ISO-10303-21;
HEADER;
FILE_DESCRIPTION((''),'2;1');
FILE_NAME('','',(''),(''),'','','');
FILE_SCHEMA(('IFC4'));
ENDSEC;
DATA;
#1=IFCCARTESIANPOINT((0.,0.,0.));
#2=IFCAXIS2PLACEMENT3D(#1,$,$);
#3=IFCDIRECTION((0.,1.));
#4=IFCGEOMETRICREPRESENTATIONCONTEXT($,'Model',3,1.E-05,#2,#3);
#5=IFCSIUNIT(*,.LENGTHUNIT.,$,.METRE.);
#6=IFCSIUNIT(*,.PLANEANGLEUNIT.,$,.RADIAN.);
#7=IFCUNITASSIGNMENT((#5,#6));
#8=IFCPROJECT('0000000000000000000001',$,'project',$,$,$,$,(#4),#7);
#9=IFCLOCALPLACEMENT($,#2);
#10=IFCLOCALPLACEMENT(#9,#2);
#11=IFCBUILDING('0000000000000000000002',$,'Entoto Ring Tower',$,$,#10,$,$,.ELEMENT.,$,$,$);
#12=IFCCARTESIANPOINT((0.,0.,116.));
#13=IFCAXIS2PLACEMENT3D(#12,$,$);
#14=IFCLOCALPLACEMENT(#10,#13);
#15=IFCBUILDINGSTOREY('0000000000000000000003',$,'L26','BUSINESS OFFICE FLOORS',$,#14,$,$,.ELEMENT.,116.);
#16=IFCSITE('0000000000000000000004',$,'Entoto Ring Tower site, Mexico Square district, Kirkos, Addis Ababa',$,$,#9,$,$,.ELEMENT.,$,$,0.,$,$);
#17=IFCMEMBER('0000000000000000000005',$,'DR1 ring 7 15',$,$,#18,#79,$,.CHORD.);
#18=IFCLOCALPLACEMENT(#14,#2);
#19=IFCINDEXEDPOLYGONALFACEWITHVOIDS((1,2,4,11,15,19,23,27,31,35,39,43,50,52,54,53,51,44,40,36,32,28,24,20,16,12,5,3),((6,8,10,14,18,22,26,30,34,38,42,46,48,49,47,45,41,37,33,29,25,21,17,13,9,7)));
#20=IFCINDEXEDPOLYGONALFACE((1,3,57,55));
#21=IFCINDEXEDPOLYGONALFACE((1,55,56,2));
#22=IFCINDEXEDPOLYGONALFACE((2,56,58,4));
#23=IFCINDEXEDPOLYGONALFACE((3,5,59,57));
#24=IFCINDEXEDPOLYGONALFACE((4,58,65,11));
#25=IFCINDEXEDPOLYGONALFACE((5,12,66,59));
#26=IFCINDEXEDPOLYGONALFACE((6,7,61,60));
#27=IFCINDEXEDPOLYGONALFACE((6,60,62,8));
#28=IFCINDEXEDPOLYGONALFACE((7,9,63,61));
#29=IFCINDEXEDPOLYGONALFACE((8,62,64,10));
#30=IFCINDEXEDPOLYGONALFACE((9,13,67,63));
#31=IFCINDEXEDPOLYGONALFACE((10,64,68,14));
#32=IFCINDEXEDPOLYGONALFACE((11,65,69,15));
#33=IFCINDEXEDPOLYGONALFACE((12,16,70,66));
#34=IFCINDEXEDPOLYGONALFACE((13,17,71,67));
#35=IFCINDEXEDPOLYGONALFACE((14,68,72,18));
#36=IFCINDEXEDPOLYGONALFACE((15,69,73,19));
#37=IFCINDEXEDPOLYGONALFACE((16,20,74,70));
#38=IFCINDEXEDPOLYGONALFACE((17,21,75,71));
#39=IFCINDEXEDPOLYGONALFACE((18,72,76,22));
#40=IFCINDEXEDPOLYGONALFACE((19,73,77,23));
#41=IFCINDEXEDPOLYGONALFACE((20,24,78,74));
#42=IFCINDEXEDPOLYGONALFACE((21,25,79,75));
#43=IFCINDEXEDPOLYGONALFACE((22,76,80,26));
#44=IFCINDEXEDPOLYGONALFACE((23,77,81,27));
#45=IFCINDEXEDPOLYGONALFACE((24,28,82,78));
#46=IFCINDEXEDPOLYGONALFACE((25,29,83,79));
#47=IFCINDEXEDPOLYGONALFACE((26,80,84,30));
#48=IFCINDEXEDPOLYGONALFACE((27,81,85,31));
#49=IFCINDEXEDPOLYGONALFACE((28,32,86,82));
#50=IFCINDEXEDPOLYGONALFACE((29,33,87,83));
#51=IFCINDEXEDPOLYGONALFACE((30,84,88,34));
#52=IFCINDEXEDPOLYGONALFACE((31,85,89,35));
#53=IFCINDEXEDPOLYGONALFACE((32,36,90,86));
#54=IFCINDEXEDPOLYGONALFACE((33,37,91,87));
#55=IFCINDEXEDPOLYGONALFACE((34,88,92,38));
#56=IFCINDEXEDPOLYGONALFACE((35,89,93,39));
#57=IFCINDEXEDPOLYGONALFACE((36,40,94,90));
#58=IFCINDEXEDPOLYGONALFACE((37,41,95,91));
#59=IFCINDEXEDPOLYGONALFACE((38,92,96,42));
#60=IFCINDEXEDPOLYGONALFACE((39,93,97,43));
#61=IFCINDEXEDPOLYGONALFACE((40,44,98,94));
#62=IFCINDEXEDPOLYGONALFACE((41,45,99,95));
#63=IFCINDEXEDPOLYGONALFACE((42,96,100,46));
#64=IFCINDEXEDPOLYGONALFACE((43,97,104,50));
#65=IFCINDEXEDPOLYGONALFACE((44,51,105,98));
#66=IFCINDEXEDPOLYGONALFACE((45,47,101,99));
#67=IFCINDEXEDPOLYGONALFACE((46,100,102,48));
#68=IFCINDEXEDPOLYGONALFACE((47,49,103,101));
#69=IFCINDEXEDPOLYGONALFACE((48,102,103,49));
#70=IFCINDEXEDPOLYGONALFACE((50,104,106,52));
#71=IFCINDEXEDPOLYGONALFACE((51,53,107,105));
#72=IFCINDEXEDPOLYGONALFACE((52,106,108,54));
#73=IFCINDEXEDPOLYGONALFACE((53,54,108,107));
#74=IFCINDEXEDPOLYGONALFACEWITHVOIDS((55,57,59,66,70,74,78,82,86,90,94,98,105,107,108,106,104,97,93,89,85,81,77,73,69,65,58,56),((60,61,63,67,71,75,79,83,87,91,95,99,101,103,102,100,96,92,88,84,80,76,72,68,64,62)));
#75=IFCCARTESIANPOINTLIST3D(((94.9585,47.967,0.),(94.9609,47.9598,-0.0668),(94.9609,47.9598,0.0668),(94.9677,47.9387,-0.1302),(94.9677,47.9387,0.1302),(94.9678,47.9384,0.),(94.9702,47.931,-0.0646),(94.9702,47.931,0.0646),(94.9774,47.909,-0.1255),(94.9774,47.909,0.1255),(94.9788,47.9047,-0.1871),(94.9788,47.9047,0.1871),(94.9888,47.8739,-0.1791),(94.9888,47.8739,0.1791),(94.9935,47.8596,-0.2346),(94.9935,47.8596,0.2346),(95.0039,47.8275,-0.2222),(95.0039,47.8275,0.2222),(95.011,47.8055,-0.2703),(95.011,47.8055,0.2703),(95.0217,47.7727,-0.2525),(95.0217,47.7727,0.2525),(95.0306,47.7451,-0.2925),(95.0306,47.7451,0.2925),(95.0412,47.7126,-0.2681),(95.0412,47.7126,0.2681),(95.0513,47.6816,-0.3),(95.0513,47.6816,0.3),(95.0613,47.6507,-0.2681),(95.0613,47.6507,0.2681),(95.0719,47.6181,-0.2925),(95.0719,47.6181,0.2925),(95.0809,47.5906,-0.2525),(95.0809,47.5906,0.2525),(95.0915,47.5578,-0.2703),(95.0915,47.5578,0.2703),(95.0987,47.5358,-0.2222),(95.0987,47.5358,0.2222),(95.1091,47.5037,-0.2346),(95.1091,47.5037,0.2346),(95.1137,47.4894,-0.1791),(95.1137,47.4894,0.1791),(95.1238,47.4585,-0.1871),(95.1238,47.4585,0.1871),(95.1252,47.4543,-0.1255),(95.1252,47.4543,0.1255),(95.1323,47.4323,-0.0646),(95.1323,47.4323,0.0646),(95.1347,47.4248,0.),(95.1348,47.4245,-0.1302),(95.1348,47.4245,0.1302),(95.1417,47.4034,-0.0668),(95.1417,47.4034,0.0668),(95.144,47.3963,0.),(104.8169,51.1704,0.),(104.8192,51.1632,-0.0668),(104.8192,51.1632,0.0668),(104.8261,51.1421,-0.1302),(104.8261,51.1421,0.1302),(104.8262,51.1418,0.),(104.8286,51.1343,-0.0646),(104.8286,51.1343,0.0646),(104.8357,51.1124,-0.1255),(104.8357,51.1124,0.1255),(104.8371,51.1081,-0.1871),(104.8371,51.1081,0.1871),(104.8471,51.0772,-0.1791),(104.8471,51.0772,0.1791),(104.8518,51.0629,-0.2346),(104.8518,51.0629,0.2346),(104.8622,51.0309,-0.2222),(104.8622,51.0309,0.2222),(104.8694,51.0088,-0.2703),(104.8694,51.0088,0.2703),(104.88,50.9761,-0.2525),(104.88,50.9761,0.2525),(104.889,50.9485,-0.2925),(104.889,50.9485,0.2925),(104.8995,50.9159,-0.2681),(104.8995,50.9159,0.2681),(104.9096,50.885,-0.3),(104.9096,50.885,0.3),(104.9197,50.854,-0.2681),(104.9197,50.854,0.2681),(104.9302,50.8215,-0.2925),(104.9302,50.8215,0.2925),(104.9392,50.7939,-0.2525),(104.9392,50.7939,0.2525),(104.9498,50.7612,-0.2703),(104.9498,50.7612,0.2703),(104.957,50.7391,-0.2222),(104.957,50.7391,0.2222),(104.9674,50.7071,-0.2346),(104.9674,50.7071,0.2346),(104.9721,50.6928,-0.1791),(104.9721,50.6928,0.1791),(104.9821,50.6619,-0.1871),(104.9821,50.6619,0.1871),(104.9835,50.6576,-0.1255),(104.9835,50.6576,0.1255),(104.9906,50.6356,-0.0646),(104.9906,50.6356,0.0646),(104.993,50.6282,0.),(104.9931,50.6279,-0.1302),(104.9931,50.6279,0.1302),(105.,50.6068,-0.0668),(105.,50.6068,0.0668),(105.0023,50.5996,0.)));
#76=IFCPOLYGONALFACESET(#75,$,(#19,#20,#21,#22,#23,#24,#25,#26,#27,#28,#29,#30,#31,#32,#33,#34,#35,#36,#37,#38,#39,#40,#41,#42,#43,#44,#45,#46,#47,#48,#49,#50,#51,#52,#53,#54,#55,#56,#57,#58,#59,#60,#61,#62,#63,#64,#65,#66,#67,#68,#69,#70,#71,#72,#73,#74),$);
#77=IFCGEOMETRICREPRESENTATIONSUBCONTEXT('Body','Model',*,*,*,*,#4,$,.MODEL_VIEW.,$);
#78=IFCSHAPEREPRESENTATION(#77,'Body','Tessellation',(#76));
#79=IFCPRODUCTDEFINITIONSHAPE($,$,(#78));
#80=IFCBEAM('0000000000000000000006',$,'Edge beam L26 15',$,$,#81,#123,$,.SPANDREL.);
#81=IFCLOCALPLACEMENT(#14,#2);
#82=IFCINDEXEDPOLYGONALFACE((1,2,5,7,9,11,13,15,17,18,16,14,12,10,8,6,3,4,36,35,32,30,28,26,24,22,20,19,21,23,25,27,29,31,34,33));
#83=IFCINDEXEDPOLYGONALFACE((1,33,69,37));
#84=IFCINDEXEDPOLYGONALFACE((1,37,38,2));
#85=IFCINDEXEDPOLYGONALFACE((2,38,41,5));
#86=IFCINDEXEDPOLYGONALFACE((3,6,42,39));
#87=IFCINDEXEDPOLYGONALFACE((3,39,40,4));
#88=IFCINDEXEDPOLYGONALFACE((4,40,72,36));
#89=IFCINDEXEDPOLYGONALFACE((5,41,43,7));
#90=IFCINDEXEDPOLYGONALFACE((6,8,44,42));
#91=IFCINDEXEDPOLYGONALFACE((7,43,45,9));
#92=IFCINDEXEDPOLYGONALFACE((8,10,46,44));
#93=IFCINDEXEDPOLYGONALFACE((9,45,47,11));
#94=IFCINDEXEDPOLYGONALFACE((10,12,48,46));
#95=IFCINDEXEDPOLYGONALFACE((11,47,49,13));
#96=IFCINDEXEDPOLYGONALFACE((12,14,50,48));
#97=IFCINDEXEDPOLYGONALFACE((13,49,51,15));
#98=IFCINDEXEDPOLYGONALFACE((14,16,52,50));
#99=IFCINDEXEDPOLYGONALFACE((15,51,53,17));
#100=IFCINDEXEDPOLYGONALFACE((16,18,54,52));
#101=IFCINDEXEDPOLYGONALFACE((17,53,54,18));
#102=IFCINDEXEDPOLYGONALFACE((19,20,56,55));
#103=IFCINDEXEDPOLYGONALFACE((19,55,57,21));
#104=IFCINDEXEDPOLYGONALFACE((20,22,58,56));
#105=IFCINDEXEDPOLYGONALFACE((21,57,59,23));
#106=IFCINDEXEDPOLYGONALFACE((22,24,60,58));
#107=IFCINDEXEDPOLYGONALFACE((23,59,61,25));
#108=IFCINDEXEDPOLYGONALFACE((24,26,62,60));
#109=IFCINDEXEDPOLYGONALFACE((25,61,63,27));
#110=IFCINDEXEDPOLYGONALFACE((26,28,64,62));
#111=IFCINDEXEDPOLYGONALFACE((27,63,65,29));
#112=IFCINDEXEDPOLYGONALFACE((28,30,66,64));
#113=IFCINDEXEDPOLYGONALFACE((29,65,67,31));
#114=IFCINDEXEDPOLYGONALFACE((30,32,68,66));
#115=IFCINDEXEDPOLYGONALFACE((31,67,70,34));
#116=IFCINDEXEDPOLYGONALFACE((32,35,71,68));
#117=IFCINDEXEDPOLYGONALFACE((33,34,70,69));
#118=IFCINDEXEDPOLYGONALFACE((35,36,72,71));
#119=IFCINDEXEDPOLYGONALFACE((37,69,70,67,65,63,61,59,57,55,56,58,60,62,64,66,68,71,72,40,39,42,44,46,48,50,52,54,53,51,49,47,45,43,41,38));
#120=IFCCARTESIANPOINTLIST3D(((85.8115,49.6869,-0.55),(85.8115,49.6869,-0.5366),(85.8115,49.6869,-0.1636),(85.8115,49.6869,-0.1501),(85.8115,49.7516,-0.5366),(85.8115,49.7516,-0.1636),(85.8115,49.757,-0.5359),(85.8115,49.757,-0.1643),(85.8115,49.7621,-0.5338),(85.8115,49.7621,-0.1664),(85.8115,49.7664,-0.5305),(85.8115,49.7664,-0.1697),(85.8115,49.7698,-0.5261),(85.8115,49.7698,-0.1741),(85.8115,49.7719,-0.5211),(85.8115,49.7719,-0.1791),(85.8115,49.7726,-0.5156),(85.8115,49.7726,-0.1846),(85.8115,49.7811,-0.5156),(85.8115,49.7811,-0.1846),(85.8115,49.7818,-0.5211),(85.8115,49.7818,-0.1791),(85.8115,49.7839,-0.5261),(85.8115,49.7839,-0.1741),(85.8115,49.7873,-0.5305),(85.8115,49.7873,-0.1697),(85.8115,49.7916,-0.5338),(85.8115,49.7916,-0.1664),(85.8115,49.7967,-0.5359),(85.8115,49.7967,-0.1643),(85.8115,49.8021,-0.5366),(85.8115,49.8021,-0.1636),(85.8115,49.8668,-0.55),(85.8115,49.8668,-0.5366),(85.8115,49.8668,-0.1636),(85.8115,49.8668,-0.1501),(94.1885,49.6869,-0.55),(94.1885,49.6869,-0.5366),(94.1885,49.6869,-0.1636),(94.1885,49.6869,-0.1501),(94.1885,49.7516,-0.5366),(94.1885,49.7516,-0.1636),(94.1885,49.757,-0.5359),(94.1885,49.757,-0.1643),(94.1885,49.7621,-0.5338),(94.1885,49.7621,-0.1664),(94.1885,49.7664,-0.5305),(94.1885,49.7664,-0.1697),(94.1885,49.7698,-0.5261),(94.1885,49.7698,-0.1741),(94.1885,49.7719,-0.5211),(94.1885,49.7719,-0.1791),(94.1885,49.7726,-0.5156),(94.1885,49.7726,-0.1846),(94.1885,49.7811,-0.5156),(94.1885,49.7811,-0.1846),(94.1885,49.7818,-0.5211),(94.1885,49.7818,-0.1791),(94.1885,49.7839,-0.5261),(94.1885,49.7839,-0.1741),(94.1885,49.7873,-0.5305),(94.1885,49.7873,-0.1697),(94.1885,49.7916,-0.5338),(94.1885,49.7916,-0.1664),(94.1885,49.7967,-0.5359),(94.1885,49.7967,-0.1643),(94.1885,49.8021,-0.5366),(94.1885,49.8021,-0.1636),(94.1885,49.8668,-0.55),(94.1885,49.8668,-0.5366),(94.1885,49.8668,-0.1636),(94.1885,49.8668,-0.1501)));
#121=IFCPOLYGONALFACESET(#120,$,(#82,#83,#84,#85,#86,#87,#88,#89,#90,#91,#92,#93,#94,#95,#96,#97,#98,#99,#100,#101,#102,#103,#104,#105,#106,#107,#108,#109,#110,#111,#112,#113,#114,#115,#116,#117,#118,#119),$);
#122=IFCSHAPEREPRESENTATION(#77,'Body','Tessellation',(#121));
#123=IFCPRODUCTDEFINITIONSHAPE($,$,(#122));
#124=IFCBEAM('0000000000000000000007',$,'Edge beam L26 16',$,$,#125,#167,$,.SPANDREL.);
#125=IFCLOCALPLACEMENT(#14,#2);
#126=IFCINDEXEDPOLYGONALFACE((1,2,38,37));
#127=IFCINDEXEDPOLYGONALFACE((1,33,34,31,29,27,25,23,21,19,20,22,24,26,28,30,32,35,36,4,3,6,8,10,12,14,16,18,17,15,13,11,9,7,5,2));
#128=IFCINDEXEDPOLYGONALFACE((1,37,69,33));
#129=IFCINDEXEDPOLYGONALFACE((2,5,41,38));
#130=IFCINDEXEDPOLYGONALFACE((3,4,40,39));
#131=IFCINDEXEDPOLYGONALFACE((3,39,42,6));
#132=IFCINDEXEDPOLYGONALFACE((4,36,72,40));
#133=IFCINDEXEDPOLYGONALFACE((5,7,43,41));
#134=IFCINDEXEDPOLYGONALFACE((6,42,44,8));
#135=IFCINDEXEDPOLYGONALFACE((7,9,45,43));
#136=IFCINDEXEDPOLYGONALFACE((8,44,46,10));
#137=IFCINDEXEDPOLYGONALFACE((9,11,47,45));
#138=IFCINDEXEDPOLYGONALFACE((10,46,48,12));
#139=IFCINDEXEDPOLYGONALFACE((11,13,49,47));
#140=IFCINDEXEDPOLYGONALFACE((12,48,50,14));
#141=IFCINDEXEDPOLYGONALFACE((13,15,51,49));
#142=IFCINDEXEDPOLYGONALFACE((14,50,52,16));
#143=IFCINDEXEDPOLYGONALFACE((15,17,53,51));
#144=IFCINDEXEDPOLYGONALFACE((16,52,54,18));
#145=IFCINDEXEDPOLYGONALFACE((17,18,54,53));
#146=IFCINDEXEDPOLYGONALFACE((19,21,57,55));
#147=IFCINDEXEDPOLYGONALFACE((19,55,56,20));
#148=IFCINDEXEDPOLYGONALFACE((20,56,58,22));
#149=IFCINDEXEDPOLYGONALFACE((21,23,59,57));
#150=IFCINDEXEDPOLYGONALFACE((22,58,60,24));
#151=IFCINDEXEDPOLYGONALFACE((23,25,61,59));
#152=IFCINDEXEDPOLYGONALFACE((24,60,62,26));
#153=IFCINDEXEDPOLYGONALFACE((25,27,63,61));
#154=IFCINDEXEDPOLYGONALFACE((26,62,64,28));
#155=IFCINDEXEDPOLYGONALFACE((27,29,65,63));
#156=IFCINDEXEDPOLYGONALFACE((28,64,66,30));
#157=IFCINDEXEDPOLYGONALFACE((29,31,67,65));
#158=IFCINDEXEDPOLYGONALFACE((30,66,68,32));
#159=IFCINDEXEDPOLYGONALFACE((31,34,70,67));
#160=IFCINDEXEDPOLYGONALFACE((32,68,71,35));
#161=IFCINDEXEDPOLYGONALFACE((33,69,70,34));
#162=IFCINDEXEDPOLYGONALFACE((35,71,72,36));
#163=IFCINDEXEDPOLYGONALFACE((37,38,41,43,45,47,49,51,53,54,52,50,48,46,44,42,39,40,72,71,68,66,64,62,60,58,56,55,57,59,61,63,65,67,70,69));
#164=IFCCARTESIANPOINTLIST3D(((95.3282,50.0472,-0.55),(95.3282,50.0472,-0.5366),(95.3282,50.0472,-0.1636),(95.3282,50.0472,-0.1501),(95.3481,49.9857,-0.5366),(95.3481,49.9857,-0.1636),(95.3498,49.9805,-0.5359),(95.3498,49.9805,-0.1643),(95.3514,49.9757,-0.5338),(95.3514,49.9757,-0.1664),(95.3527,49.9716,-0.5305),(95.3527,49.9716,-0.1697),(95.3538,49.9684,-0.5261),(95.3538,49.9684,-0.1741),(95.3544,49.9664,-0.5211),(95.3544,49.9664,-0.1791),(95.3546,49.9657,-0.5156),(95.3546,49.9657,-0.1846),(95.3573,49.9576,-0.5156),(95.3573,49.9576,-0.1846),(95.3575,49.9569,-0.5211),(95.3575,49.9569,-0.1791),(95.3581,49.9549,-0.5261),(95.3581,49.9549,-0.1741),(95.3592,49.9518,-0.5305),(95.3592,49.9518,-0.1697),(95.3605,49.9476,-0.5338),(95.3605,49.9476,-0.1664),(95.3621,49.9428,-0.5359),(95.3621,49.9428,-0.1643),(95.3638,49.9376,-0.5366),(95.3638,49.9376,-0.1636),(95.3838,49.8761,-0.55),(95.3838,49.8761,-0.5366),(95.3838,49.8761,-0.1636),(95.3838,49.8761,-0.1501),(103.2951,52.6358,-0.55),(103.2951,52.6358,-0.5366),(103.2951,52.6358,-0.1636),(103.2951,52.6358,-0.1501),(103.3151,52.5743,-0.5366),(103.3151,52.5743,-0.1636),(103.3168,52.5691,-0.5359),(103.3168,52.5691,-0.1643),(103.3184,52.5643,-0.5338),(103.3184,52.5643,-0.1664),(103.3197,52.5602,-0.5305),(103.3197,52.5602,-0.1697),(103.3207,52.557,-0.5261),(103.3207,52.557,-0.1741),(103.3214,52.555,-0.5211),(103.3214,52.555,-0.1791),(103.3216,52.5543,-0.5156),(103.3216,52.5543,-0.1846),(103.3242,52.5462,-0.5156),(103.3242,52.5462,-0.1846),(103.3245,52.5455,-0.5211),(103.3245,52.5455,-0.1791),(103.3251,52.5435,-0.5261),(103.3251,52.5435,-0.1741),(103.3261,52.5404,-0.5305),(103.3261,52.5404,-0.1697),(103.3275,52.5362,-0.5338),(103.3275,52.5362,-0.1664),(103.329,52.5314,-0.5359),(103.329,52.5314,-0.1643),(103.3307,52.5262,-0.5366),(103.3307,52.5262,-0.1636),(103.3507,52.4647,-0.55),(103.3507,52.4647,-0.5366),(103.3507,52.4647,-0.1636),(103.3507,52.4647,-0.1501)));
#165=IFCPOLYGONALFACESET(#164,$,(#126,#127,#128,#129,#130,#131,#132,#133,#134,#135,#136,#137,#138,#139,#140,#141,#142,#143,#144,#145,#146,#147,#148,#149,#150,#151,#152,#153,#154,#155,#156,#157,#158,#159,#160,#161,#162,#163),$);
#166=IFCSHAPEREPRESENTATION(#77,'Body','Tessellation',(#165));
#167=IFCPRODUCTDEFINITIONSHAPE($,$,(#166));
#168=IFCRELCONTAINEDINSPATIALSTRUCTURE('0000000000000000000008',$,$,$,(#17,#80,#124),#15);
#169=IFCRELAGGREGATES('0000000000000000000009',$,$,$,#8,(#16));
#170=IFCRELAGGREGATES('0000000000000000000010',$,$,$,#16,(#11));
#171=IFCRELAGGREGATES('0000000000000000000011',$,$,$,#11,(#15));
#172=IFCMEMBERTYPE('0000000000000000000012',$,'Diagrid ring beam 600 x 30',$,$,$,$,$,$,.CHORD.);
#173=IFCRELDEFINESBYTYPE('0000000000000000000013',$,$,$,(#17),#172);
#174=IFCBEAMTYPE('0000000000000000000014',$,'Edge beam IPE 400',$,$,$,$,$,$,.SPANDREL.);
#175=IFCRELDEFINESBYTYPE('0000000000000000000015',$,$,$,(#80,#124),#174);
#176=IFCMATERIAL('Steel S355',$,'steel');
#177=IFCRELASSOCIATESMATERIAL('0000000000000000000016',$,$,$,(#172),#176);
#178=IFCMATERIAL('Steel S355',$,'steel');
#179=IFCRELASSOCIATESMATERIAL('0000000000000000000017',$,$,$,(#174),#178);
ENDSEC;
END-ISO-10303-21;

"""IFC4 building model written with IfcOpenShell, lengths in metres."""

from ifc_helpers import new_model, si_unit, direction, frame, origin, origin_2d, place, context, subcontext, project, spatial, circle, hollow_circle, i_section, extrude, material, material_profile, profile_set, type_object, element, save


model = new_model("IFC4")

# Units and contexts
model_context = context("Model", 3, precision=1e-05, world=origin(), true_north=direction((0.0, 1.0)))
body_context = subcontext(model_context, "Body", "Model", "MODEL_VIEW")
ifc_project = project(units=[si_unit("LENGTHUNIT", "METRE"), si_unit("PLANEANGLEUNIT", "RADIAN")], contexts=[model_context])

# Site, building, storey
site_placement = place(None, origin())
site = spatial("IfcSite", under=ifc_project, at=site_placement, Name="Entoto Ring Tower site, Mexico Square district, Kirkos, Addis Ababa", CompositionType="ELEMENT", RefElevation=0.0)
building_placement = place(site_placement, origin())
building = spatial("IfcBuilding", under=site, at=building_placement, Name="Entoto Ring Tower", CompositionType="ELEMENT")
storey_placement = place(building_placement, frame((0.0, 0.0, 116.0)))
storey = spatial("IfcBuildingStorey", under=building, at=storey_placement, Name="L26", Description="BUSINESS OFFICE FLOORS", CompositionType="ELEMENT", Elevation=116.0)

# Member
ifc_material_1 = material(Name="Steel S355", Category="steel")
ifc_material_profile_1 = material_profile(ifc_material_1, hollow_circle(Radius=0.3, WallThickness=0.03, at=origin_2d()), Name="CHS 600 x 30")
ifc_material_2 = material(Name="Concrete C60/75", Category="concrete")
ifc_material_profile_2 = material_profile(ifc_material_2, circle(Radius=0.27, at=origin_2d()), Name="Concrete C60/75 infill")
ifc_profile_set_1 = profile_set([ifc_material_profile_1, ifc_material_profile_2], Name="Steel S355")
member_type_1 = type_object("IfcMemberType", Name="Diagrid ring beam 600 x 30", PredefinedType="CHORD", material=ifc_profile_set_1)
member_1_placement = place(storey_placement, frame((95.0513, 47.6816, 0.0), z_axis=(0.951051, 0.309033, 0.0), x_axis=(-0.309033, 0.951051, 0.0)))
element("IfcMember", 1, at=member_1_placement, inside=storey, type_object=member_type_1, Name="DR1 ring 7 15", PredefinedType="CHORD", context=body_context, shape_type="SweptSolid", body=[
    extrude(hollow_circle(Radius=0.3, WallThickness=0.03, at=origin_2d()), origin(), (0.0, 0.0, 1.0), 10.3657),
])

# Beams
ifc_material_3 = material(Name="Steel S355", Category="steel")
ifc_material_profile_3 = material_profile(ifc_material_3, i_section(OverallWidth=0.1799, OverallDepth=0.3999, WebThickness=0.0085, FlangeThickness=0.0134, FilletRadius=0.021, at=origin_2d()), Name="IPE 400")
ifc_profile_set_2 = profile_set([ifc_material_profile_3], Name="Steel S355")
beam_type_1 = type_object("IfcBeamType", Name="Edge beam IPE 400", PredefinedType="SPANDREL", material=ifc_profile_set_2)
for number, where, z_axis, x_axis, name in (
    (2, (85.8115, 49.7769, -0.3501), (1.0, 0.0, 0.0), (0.0, 1.0, 0.0), "Edge beam L26 15"),
    (3, (95.356, 49.9617, -0.3501), (0.951057, 0.309014, 0.0), (-0.309014, 0.951057, 0.0), "Edge beam L26 16"),
):
    element("IfcBeam", number, at=place(storey_placement, frame(where, z_axis=z_axis, x_axis=x_axis)), inside=storey, type_object=beam_type_1, Name=name, PredefinedType="SPANDREL", context=body_context, shape_type="SweptSolid", body=[
        extrude(i_section(OverallWidth=0.1799, OverallDepth=0.3999, WebThickness=0.0085, FlangeThickness=0.0134, FilletRadius=0.021, at=origin_2d()), origin(), (0.0, 0.0, 1.0), 8.377),
    ])

save(model, "model.ifc")
